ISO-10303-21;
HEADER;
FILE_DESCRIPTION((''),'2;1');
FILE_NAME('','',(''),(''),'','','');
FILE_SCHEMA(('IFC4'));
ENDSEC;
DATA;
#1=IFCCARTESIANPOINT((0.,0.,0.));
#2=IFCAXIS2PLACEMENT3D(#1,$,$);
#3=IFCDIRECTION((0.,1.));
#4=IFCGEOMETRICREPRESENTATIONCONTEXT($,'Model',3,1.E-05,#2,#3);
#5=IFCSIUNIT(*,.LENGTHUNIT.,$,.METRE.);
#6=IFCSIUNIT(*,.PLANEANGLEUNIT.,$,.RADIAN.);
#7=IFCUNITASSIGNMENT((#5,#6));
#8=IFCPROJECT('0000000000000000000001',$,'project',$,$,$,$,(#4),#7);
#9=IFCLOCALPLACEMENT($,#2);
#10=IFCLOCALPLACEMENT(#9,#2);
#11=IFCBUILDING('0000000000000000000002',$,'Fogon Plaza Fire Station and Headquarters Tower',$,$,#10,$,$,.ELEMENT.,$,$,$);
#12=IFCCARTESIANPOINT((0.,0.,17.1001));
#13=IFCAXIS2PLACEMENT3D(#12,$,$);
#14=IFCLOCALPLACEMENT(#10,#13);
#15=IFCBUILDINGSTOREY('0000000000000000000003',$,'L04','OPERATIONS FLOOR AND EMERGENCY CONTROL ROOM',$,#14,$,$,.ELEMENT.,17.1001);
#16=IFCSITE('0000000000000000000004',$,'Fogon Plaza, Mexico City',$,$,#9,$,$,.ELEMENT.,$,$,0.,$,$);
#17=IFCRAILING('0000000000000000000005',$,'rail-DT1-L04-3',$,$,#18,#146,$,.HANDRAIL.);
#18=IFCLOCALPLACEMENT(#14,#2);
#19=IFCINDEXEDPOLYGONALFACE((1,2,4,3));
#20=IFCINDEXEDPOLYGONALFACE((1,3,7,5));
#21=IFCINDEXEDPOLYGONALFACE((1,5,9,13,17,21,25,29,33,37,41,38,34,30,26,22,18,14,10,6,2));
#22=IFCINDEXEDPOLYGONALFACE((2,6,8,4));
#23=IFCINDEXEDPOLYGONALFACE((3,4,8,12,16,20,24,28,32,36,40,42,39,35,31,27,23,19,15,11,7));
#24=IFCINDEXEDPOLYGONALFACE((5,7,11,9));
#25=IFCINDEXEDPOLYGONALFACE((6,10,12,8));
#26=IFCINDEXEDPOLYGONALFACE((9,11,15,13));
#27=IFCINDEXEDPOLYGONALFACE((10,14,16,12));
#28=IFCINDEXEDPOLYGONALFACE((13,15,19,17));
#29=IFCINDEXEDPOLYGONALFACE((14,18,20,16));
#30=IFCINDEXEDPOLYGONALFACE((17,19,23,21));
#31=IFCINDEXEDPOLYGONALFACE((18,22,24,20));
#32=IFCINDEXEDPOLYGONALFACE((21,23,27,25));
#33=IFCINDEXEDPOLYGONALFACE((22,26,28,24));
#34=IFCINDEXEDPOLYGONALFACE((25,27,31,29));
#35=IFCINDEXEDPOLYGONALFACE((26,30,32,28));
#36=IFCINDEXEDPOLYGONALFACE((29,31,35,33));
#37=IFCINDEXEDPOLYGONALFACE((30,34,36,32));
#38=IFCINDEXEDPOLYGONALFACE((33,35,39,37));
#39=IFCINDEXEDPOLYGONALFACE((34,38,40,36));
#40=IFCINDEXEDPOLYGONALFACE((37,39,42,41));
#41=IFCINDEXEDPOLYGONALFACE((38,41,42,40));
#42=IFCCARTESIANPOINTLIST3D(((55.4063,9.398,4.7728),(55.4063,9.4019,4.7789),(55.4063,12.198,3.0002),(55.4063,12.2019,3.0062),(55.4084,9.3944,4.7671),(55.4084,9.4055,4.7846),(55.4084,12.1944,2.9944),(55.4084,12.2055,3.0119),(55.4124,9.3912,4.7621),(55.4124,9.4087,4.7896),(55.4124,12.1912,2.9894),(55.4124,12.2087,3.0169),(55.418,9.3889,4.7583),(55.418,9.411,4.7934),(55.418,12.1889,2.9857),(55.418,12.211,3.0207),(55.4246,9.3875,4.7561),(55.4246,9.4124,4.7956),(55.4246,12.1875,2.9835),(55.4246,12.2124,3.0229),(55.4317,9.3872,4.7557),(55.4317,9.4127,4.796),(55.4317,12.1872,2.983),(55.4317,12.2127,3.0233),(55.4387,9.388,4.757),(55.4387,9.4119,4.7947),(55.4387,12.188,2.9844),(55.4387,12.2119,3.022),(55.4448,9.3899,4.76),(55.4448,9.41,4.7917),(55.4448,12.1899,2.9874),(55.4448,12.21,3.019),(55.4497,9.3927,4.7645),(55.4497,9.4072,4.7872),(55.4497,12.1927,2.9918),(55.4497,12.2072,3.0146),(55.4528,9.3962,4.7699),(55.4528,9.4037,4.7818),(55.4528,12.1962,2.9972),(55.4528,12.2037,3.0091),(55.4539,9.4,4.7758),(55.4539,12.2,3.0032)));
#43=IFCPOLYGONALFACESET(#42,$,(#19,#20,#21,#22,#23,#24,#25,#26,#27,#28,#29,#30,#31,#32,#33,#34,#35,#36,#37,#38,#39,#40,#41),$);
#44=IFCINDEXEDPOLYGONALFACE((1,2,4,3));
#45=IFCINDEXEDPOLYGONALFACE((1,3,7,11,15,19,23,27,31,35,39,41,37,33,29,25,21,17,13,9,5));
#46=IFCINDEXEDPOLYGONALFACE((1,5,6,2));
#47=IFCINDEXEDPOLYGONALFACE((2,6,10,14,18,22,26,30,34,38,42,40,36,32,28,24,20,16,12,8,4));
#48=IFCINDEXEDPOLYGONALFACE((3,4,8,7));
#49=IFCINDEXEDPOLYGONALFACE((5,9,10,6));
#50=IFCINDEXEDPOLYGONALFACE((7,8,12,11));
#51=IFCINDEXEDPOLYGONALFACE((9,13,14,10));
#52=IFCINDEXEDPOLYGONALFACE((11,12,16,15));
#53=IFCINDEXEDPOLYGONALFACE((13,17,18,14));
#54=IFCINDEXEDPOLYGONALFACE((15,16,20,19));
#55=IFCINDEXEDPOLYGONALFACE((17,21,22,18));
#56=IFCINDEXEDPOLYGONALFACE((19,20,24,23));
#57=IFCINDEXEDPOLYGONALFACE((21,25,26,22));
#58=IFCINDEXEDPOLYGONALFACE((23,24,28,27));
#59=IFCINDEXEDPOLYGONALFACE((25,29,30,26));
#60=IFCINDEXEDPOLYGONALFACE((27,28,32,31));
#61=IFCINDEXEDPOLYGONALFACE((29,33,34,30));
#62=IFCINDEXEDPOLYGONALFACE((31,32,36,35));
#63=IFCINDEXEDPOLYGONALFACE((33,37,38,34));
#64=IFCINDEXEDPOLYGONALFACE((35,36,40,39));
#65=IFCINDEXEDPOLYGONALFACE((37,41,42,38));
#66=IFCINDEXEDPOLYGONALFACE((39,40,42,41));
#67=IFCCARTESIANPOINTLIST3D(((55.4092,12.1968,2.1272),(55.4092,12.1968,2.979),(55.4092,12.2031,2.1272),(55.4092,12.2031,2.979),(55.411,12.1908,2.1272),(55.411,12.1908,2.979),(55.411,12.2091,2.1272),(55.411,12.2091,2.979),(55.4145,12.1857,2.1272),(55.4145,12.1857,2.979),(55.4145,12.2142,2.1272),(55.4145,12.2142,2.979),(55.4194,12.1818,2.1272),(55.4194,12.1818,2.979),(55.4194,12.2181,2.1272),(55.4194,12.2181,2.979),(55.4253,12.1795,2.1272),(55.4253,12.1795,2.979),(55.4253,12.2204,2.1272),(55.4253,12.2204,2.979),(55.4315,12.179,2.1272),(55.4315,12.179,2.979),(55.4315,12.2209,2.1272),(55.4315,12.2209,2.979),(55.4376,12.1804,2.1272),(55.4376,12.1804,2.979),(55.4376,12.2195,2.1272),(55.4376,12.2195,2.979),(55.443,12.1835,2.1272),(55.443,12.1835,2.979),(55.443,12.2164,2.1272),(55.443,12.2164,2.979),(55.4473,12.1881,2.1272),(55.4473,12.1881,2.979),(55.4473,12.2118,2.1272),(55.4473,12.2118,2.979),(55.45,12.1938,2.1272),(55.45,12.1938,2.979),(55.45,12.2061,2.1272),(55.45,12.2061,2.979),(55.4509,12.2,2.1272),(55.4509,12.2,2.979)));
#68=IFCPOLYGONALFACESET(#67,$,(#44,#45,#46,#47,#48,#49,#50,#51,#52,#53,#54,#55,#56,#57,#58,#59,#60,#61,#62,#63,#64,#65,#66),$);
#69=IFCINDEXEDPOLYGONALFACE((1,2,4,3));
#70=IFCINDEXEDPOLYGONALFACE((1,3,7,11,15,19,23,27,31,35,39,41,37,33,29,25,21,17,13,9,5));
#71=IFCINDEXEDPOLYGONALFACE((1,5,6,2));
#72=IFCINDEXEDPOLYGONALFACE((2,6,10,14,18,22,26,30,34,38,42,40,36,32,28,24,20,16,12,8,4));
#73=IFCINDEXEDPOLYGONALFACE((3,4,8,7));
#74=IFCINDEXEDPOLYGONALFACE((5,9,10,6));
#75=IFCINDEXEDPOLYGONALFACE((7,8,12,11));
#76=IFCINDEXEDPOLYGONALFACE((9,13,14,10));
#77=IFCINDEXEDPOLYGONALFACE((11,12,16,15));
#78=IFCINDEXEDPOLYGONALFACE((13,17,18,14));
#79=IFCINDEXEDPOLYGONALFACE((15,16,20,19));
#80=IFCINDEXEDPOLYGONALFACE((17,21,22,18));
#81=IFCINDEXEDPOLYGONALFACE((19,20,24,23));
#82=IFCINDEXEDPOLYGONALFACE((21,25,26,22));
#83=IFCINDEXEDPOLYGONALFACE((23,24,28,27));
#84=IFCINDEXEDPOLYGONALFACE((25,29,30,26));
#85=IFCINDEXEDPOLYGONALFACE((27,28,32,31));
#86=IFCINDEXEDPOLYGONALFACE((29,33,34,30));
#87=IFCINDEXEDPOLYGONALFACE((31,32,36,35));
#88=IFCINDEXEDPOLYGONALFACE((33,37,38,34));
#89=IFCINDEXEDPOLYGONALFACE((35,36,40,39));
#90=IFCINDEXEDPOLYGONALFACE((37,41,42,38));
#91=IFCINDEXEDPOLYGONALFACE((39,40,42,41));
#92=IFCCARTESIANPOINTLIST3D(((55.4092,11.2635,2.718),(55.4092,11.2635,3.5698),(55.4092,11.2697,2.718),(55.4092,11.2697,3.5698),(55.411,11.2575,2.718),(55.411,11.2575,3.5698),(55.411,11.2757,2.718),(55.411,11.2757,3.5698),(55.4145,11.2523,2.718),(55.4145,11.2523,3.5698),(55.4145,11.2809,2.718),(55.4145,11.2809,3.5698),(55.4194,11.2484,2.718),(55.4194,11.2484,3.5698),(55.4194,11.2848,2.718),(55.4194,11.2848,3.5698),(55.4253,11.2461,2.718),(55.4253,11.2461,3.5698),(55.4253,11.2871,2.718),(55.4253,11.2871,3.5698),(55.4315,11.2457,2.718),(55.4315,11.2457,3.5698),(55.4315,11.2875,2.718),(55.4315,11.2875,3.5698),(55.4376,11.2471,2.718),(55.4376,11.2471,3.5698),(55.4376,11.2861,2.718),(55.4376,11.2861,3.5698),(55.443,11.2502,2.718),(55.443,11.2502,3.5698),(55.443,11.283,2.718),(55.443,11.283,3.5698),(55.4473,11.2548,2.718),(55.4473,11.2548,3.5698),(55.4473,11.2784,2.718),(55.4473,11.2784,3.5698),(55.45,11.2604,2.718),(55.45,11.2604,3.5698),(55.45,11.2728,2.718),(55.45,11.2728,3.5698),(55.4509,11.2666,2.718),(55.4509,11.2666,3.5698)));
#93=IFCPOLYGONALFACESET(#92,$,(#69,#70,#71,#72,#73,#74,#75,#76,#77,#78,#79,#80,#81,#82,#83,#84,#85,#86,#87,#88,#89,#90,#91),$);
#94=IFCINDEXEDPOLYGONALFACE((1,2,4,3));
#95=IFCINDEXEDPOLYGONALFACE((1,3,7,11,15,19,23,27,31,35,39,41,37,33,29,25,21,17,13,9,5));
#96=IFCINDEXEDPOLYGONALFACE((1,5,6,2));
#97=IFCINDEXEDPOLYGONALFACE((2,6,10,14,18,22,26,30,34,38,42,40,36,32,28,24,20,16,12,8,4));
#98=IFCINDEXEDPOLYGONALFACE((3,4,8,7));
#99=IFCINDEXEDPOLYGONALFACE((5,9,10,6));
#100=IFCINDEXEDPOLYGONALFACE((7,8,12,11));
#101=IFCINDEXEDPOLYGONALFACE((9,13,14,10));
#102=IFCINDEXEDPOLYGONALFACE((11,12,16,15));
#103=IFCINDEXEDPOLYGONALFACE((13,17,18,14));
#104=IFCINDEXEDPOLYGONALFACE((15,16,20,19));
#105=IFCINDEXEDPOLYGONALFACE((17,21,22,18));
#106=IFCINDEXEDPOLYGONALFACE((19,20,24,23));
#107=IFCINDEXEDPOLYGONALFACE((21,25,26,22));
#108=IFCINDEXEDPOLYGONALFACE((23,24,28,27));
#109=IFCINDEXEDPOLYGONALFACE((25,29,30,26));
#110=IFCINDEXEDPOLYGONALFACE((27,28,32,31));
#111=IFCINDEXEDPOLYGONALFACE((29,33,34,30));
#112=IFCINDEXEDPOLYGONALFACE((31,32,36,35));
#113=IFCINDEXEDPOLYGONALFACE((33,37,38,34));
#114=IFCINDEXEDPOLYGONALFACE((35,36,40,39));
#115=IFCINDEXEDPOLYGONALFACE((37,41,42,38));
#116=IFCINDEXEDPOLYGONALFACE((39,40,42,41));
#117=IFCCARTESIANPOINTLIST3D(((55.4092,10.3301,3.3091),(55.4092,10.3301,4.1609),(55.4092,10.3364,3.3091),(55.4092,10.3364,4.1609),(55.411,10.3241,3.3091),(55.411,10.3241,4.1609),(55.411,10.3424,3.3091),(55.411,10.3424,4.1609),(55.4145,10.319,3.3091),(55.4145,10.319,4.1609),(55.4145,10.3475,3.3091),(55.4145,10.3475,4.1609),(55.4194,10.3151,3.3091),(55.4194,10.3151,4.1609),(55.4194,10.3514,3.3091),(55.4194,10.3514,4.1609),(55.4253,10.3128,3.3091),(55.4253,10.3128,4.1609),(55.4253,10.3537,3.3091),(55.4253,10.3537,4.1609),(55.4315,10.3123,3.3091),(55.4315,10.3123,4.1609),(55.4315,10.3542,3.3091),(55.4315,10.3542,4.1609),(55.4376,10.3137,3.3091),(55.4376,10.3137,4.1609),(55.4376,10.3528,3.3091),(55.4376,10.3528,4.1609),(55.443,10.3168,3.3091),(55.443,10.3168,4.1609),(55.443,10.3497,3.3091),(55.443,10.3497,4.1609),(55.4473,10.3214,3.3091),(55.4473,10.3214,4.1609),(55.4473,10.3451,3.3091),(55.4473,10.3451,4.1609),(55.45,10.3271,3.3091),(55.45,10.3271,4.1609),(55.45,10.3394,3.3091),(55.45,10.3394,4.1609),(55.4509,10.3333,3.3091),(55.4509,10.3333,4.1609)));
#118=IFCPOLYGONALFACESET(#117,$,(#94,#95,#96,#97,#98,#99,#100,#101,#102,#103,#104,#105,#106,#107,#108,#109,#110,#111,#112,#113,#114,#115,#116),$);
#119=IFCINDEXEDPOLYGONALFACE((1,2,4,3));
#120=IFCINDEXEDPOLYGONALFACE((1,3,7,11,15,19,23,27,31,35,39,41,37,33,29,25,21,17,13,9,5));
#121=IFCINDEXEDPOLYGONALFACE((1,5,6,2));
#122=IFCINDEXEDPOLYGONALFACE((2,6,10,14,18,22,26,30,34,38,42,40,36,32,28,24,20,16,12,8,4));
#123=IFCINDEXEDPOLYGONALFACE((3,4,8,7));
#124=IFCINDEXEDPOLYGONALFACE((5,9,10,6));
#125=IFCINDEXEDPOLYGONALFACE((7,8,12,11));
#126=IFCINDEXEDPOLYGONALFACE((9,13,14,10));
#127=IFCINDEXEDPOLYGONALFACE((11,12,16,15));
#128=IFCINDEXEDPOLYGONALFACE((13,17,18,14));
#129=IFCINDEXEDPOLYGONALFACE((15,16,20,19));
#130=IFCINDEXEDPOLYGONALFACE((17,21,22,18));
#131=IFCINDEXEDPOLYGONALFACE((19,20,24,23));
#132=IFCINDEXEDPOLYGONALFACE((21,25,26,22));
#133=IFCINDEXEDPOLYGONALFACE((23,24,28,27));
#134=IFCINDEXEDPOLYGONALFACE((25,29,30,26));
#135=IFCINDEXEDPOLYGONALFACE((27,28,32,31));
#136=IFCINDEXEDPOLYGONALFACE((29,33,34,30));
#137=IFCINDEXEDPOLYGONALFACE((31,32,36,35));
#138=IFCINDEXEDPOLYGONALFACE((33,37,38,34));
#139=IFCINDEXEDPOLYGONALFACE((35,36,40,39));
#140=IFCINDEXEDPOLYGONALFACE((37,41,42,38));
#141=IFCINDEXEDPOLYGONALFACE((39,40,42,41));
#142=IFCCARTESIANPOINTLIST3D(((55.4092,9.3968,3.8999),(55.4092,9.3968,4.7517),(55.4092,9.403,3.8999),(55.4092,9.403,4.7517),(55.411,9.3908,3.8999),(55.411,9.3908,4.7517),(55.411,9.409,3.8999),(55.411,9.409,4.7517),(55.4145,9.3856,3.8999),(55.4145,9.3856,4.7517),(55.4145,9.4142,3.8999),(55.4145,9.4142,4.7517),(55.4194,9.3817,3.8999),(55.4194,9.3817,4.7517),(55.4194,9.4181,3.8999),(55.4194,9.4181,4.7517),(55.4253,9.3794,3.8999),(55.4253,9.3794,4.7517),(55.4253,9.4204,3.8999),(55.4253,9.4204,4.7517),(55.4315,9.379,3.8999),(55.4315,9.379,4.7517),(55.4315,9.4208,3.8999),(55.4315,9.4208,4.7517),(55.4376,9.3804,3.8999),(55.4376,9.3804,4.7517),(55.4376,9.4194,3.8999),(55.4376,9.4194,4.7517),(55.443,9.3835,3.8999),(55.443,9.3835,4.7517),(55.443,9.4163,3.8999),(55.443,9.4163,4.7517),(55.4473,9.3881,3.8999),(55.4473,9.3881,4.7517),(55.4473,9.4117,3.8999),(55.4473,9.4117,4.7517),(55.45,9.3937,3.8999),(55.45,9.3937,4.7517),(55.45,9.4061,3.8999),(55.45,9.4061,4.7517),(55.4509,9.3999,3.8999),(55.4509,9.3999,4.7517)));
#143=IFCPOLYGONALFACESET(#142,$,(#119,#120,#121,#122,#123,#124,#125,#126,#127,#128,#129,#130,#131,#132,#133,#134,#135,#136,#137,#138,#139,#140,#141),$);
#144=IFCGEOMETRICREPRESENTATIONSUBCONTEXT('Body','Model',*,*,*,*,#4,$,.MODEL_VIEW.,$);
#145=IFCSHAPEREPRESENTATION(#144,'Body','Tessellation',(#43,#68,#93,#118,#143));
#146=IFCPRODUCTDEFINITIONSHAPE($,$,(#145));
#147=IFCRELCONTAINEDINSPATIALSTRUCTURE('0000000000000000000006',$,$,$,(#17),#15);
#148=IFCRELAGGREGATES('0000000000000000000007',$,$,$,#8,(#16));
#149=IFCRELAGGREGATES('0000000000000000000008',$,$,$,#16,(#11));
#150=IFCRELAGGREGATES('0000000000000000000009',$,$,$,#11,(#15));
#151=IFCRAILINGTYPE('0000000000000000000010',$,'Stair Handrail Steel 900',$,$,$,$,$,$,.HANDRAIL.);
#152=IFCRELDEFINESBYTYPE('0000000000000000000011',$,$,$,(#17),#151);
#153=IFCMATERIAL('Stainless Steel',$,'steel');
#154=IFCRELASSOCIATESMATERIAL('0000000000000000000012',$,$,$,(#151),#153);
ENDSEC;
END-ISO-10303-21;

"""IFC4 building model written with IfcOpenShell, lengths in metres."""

from ifc_helpers import new_model, si_unit, direction, frame, origin, origin_2d, place, context, subcontext, project, spatial, circle, extrude, material, type_object, element, save


model = new_model("IFC4")

# Units and contexts
model_context = context("Model", 3, precision=1e-05, world=origin(), true_north=direction((0.0, 1.0)))
body_context = subcontext(model_context, "Body", "Model", "MODEL_VIEW")
ifc_project = project(units=[si_unit("LENGTHUNIT", "METRE"), si_unit("PLANEANGLEUNIT", "RADIAN")], contexts=[model_context])

# Site, building, storey
site_placement = place(None, origin())
site = spatial("IfcSite", under=ifc_project, at=site_placement, Name="Fogon Plaza, Mexico City", CompositionType="ELEMENT", RefElevation=0.0)
building_placement = place(site_placement, origin())
building = spatial("IfcBuilding", under=site, at=building_placement, Name="Fogon Plaza Fire Station and Headquarters Tower", CompositionType="ELEMENT")
storey_placement = place(building_placement, frame((0.0, 0.0, 17.1001)))
storey = spatial("IfcBuildingStorey", under=building, at=storey_placement, Name="L04", Description="OPERATIONS FLOOR AND EMERGENCY CONTROL ROOM", CompositionType="ELEMENT", Elevation=17.1001)

# Railing
ifc_material_1 = material(Name="Stainless Steel", Category="steel")
railing_type_1 = type_object("IfcRailingType", Name="Stair Handrail Steel 900", PredefinedType="HANDRAIL", material=ifc_material_1)
railing_1_placement = place(storey_placement, frame((55.4299, 12.2, 2.1272)))
element("IfcRailing", 1, at=railing_1_placement, inside=storey, type_object=railing_type_1, Name="rail-DT1-L04-3", PredefinedType="HANDRAIL", context=body_context, shape_type="SweptSolid", body=[
    extrude(circle(Radius=0.0239, at=origin_2d()), frame((0.0, 0.0, 0.876), z_axis=(0.0, -0.844909, 0.53491), x_axis=(1.0, 0.0, 0.0)), (0.0, 0.0, 1.0), 3.314),
    extrude(circle(Radius=0.021, at=origin_2d()), origin(), (0.0, 0.0, 1.0), 0.8518),
    extrude(circle(Radius=0.021, at=origin_2d()), frame((0.0, -0.9333, 0.5908)), (0.0, 0.0, 1.0), 0.8518),
    extrude(circle(Radius=0.021, at=origin_2d()), frame((0.0, -1.8667, 1.1819)), (0.0, 0.0, 1.0), 0.8518),
    extrude(circle(Radius=0.021, at=origin_2d()), frame((0.0, -2.8, 1.7727)), (0.0, 0.0, 1.0), 0.8518),
])

save(model, "model.ifc")
